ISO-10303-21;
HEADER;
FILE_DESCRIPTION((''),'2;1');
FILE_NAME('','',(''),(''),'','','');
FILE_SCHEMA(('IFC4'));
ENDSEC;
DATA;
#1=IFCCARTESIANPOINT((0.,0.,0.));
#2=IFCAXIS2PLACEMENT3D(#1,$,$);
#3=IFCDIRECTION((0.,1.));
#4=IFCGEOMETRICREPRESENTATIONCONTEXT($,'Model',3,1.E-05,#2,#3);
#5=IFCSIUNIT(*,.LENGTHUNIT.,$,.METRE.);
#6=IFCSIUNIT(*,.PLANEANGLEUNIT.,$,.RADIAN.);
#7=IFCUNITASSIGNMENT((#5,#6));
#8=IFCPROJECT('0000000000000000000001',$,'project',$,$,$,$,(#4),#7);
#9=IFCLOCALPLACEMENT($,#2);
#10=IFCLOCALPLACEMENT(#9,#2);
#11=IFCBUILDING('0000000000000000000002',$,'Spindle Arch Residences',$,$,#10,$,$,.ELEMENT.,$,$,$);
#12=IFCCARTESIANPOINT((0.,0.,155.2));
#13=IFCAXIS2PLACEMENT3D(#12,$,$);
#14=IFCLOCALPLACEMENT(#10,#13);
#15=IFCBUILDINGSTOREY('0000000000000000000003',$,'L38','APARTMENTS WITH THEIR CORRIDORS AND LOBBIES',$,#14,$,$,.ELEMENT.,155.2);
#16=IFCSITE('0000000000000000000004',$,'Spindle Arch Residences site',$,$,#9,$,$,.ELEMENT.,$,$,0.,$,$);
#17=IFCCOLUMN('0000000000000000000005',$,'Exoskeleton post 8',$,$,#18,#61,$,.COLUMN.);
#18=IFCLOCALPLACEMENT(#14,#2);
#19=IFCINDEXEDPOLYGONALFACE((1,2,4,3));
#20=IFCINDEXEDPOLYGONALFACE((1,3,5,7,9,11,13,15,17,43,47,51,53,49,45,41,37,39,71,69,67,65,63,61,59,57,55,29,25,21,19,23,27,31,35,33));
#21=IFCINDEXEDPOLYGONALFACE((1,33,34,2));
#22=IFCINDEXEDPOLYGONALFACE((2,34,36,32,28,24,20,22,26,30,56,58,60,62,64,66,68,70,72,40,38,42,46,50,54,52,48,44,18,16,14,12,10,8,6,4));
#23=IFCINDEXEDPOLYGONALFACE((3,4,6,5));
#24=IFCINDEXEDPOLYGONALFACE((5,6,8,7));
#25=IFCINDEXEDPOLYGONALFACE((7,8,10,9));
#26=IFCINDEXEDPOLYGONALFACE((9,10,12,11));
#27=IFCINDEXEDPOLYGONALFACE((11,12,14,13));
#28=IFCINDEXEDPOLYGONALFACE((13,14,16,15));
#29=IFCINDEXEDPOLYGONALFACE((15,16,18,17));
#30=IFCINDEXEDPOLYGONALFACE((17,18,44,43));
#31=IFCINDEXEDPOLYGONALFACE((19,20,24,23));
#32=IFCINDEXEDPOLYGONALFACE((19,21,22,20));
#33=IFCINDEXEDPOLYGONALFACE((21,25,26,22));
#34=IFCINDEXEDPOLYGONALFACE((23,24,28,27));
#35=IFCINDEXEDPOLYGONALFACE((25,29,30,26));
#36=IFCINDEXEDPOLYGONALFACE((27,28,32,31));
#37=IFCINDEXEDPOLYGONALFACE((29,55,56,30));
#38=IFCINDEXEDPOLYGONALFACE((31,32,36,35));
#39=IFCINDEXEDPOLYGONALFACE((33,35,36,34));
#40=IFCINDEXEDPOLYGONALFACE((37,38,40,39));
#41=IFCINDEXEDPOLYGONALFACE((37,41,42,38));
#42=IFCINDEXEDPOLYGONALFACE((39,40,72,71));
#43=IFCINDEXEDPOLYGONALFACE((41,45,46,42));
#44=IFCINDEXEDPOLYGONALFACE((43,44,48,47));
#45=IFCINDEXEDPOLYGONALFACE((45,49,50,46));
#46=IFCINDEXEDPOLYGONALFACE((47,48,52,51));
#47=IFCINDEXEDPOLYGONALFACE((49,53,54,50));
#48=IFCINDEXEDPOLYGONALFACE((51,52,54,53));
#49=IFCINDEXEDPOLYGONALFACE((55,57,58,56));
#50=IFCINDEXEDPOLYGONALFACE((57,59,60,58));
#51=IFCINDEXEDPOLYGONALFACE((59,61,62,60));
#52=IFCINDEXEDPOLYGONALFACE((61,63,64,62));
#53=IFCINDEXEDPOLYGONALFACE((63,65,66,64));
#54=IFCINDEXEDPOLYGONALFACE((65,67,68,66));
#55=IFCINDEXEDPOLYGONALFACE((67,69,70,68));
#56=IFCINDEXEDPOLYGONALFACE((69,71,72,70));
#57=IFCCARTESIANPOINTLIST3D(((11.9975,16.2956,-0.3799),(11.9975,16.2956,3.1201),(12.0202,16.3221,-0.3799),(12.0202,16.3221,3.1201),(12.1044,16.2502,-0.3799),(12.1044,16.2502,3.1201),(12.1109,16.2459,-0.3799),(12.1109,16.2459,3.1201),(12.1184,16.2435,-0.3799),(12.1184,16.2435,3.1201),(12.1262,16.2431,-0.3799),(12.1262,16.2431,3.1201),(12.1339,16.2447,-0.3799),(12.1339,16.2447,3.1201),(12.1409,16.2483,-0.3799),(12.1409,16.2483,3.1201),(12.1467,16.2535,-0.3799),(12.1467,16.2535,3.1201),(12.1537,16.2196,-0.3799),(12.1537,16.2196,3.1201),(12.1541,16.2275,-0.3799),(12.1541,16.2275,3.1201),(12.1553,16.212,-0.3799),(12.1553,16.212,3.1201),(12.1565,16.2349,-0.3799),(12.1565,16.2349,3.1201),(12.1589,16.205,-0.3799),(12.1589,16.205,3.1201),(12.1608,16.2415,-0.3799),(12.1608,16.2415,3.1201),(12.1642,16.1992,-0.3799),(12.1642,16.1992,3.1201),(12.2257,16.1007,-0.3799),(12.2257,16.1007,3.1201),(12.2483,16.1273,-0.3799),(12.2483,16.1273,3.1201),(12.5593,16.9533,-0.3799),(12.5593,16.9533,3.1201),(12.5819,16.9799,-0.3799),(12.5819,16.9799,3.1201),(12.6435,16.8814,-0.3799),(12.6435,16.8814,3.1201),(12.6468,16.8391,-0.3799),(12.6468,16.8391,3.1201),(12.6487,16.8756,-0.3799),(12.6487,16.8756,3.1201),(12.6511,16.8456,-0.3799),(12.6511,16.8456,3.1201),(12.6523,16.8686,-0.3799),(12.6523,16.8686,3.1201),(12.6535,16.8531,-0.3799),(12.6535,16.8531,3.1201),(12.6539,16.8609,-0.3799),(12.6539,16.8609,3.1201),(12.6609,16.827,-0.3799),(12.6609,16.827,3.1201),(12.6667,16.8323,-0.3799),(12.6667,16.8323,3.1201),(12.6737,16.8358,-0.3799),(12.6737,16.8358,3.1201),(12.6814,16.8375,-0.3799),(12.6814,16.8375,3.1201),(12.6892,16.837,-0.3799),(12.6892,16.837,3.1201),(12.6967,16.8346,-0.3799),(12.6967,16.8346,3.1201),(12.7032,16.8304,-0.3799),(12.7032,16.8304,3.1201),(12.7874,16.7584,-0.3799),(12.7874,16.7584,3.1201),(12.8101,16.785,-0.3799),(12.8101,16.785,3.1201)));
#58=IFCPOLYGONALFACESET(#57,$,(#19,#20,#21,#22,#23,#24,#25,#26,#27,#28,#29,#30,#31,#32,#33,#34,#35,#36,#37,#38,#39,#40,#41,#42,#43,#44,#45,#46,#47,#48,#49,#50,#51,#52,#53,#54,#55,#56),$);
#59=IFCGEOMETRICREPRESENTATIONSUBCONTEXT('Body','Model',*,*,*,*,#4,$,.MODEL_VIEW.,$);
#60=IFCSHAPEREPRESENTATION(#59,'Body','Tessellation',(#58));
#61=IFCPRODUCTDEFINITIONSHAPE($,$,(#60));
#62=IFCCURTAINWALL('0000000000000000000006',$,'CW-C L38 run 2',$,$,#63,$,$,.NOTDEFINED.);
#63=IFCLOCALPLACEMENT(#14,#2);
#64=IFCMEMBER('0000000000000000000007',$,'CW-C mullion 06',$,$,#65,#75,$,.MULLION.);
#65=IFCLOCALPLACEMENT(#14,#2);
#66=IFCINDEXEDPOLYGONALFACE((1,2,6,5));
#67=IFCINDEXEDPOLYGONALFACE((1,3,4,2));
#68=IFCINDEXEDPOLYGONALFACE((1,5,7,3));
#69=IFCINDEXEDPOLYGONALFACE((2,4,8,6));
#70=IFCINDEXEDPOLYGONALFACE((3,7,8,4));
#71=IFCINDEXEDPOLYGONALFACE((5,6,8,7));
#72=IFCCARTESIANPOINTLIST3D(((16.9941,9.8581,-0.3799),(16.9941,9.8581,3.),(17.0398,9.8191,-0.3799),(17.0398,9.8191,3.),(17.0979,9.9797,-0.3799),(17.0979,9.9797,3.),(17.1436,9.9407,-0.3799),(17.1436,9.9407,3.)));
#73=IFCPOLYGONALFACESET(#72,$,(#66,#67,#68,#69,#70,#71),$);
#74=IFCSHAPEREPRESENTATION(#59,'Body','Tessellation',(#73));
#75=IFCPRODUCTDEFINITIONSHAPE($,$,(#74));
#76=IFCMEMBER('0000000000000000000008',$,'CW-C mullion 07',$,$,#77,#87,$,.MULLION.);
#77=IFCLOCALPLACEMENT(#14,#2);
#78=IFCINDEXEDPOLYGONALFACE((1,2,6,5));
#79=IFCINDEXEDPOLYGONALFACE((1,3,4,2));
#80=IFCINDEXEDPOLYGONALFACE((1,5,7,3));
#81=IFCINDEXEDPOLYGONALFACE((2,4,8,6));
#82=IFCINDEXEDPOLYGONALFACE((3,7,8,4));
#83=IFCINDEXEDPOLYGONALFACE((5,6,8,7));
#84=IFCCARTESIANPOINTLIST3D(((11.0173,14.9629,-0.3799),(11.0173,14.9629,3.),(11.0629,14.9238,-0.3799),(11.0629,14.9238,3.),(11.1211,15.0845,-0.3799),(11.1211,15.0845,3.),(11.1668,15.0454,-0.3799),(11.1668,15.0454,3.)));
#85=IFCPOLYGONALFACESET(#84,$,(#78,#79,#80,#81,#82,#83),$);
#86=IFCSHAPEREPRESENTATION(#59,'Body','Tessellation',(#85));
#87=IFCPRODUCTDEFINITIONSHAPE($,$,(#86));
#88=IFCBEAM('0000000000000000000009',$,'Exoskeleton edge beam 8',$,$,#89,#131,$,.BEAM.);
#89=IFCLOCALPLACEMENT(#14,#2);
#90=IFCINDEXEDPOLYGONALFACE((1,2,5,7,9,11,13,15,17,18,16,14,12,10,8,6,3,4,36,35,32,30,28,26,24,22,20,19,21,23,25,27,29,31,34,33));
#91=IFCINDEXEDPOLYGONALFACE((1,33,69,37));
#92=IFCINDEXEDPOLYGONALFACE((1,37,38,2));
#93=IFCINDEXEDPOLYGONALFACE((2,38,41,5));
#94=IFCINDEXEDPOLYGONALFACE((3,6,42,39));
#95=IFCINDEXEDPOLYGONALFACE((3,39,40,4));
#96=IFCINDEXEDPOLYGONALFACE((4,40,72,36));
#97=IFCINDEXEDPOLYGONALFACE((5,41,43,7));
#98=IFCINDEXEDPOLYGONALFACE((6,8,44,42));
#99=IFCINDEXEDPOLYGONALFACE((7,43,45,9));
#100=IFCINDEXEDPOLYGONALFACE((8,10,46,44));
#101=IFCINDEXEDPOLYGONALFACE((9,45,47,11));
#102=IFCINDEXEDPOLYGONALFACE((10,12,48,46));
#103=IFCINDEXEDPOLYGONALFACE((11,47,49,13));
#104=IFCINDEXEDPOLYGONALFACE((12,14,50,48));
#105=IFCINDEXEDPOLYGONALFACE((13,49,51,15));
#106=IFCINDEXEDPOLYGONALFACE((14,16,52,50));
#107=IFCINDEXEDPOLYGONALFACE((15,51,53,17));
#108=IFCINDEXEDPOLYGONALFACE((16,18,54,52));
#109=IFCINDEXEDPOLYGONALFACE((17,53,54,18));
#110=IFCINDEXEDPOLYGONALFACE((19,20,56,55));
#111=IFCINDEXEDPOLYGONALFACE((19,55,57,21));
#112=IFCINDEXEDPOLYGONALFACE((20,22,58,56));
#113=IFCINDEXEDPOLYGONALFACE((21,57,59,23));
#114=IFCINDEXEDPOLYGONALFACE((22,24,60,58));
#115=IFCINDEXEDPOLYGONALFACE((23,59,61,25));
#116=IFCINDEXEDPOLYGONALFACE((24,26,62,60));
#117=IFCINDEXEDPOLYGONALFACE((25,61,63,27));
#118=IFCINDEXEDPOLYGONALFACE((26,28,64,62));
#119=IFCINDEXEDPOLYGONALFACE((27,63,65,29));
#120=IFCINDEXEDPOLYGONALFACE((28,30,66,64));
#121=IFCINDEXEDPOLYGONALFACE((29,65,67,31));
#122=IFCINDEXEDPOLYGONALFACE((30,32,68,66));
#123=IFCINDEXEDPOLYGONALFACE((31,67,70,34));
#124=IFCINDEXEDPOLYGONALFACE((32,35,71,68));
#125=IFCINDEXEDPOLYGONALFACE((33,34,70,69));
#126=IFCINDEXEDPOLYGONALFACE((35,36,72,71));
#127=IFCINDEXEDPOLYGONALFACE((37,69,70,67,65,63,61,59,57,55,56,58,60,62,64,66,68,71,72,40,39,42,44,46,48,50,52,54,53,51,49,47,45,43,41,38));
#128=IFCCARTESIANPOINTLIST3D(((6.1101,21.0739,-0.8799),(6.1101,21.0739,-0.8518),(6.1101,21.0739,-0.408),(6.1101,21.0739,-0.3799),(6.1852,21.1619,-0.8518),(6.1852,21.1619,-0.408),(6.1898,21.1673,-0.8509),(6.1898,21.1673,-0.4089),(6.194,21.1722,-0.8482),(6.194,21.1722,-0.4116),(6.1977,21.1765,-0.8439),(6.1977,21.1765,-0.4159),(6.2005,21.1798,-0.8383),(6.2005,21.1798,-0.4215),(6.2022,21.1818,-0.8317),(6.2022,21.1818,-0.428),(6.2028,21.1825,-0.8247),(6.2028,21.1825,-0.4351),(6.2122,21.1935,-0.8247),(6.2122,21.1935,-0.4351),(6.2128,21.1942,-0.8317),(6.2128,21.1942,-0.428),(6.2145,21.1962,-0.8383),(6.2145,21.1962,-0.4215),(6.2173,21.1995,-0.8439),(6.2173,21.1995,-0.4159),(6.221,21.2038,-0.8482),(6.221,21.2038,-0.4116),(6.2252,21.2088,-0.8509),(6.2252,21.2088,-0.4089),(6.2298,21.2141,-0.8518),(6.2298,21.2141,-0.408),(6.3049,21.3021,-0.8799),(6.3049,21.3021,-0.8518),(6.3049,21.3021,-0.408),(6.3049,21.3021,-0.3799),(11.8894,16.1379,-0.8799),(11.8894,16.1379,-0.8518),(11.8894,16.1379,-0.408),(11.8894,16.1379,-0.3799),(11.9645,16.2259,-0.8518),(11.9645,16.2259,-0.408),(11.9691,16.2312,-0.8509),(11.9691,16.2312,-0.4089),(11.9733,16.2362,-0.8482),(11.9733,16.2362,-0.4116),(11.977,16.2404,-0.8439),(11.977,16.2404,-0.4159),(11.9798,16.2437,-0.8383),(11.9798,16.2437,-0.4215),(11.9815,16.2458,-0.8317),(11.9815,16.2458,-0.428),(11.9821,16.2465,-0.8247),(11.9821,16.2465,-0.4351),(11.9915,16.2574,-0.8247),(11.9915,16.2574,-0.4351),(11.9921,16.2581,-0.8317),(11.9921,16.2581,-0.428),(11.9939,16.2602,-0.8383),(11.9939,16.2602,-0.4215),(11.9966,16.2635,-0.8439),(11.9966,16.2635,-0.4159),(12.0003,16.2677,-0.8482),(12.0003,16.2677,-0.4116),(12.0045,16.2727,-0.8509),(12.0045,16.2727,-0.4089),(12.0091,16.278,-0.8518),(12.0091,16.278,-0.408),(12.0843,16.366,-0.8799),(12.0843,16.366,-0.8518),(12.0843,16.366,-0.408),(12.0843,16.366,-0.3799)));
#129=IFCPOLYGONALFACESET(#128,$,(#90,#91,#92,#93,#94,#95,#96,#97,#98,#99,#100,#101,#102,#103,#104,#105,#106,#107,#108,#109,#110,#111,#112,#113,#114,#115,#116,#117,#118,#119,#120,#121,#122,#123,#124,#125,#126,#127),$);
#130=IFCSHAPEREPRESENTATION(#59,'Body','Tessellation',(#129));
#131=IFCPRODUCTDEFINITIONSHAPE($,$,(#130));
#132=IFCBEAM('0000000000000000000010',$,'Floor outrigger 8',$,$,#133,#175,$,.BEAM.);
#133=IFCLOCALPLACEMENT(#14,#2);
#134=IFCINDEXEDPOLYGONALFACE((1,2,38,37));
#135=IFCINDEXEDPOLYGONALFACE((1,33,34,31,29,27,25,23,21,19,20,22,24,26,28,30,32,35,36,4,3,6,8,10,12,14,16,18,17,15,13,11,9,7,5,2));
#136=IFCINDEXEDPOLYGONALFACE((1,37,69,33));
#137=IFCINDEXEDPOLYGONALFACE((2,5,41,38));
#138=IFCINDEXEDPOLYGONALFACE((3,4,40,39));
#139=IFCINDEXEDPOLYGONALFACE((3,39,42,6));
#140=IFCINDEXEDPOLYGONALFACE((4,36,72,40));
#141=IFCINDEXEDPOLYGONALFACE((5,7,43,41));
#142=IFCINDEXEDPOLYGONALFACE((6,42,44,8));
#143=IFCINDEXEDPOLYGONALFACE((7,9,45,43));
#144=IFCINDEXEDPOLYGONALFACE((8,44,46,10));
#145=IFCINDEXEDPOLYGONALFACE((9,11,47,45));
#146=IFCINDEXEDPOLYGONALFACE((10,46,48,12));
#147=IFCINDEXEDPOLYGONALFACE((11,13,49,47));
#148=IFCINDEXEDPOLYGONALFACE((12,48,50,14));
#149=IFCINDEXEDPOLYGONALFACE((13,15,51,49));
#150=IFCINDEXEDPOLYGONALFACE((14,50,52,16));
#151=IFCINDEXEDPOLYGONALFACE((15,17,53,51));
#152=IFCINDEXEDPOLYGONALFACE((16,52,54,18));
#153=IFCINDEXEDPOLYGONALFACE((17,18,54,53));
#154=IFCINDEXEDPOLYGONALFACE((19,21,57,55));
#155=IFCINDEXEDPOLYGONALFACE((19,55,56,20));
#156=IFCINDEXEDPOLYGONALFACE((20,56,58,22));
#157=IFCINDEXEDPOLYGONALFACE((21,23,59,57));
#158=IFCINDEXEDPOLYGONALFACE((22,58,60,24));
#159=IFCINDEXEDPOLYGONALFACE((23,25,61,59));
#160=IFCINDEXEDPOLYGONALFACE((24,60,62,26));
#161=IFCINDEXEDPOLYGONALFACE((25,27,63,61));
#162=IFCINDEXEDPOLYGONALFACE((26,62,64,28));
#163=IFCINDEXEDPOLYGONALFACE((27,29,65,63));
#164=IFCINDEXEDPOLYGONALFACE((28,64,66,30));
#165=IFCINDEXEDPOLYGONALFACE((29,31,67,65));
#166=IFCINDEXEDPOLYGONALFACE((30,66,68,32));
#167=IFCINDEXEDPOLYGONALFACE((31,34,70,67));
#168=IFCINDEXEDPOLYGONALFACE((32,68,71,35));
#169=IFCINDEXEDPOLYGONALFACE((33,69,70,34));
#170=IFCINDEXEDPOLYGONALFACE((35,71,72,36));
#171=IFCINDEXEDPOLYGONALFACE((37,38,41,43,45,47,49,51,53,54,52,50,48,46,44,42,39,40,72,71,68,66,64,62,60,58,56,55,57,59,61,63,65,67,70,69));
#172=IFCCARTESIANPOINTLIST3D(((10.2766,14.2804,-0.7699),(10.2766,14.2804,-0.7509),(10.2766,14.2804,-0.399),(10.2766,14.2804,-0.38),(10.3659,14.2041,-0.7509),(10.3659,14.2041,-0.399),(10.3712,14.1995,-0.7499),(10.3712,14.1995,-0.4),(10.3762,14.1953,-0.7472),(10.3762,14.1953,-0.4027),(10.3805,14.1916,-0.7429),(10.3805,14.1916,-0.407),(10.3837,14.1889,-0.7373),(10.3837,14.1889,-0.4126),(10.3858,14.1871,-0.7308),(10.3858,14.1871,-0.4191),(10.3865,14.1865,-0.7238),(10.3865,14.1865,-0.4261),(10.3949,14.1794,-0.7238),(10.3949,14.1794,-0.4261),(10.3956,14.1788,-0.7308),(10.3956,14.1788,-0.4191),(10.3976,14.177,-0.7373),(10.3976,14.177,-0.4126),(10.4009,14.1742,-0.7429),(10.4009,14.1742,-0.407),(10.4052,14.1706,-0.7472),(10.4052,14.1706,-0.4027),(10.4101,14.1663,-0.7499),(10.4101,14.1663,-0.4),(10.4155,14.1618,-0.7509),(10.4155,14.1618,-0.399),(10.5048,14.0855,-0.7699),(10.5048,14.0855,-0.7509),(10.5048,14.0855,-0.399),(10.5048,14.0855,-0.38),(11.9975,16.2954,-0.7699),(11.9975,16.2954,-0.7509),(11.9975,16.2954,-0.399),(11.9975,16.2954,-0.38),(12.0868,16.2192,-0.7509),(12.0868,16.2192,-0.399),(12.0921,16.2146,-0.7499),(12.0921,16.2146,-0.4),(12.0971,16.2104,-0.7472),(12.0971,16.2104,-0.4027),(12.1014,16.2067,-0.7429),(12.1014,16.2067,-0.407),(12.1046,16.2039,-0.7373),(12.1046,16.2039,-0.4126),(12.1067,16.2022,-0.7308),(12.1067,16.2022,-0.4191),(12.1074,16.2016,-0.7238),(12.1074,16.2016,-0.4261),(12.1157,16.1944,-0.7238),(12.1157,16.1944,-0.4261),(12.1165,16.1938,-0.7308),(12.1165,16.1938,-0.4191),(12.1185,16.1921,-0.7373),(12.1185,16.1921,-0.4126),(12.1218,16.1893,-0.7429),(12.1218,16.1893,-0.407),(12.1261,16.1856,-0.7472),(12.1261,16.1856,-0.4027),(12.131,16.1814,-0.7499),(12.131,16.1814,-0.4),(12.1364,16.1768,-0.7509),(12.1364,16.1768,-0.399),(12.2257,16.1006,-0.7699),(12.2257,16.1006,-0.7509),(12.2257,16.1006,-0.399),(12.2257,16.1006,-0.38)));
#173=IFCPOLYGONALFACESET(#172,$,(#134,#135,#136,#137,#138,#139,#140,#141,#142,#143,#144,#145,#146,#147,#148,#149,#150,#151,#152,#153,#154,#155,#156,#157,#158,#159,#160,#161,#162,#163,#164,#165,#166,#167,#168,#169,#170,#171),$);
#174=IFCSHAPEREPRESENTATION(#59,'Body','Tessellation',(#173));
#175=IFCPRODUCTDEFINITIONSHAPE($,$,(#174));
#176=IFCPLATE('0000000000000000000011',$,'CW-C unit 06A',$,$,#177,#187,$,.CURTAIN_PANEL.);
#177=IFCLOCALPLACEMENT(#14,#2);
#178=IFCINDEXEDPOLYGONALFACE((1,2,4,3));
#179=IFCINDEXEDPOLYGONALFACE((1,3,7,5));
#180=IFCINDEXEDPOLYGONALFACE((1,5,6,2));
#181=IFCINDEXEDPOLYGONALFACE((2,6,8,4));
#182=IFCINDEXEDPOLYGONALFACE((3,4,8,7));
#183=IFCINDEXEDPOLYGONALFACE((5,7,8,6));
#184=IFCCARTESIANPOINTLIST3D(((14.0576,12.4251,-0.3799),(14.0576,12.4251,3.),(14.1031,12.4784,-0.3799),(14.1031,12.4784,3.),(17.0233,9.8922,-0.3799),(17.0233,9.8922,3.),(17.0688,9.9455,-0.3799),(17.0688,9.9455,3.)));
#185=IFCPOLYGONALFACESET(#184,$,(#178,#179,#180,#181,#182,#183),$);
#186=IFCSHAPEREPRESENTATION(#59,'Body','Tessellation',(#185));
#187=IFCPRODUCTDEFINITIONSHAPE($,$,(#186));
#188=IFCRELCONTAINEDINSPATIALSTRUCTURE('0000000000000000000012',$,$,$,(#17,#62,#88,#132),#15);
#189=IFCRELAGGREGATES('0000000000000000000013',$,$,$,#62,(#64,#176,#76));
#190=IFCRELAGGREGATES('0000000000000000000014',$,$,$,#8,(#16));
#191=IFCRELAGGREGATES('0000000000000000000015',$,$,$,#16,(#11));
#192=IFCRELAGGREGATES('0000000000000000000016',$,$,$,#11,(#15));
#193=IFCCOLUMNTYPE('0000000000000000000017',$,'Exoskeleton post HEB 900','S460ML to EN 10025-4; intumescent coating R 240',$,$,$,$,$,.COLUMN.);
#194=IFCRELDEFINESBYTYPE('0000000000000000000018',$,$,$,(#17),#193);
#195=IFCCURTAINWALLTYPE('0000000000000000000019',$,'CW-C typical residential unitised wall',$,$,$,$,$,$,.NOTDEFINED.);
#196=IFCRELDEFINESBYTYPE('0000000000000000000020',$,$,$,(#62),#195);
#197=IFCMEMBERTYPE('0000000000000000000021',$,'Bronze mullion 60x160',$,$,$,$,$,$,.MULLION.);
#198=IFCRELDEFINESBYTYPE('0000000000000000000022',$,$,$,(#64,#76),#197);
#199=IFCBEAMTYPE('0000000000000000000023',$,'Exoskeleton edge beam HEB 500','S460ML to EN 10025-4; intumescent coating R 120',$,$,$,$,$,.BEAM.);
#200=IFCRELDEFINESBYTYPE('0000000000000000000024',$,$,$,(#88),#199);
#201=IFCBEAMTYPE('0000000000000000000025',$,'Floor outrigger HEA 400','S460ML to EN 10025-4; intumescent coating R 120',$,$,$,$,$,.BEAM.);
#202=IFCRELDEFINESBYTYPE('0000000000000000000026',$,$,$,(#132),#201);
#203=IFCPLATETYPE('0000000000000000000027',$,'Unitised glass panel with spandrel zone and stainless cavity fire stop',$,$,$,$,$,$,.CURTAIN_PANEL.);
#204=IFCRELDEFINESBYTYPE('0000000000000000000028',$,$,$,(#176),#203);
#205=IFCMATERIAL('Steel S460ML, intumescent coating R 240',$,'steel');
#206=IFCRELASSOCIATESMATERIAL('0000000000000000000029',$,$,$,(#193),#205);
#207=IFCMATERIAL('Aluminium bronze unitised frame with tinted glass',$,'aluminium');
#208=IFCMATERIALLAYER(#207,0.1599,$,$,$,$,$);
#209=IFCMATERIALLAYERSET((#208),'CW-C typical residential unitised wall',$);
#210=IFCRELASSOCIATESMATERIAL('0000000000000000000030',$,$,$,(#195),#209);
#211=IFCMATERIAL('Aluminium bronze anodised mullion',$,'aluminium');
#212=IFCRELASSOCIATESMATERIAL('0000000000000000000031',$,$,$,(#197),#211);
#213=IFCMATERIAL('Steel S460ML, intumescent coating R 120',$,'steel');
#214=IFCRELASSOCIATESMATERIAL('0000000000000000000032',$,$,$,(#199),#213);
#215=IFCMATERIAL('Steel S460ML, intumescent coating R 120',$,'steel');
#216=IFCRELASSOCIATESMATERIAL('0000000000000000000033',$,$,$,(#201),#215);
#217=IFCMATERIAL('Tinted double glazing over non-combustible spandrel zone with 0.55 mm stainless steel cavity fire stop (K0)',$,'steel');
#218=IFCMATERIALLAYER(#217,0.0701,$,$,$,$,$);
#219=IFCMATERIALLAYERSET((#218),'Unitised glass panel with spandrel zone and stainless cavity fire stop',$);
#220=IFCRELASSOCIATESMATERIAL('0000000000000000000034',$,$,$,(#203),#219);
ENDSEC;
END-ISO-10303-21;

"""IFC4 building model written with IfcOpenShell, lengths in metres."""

from ifc_helpers import new_model, si_unit, direction, frame, origin, origin_2d, place, context, subcontext, project, spatial, rectangle, i_section, extrude, material, layer, layer_set, material_profile, profile_set, type_object, element, aggregate, save


model = new_model("IFC4")

# Units and contexts
model_context = context("Model", 3, precision=1e-05, world=origin(), true_north=direction((0.0, 1.0)))
body_context = subcontext(model_context, "Body", "Model", "MODEL_VIEW")
ifc_project = project(units=[si_unit("LENGTHUNIT", "METRE"), si_unit("PLANEANGLEUNIT", "RADIAN")], contexts=[model_context])

# Site, building, storey
site_placement = place(None, origin())
site = spatial("IfcSite", under=ifc_project, at=site_placement, Name="Spindle Arch Residences site", CompositionType="ELEMENT", RefElevation=0.0)
building_placement = place(site_placement, origin())
building = spatial("IfcBuilding", under=site, at=building_placement, Name="Spindle Arch Residences", CompositionType="ELEMENT")
storey_placement = place(building_placement, frame((0.0, 0.0, 155.2)))
storey = spatial("IfcBuildingStorey", under=building, at=storey_placement, Name="L38", Description="APARTMENTS WITH THEIR CORRIDORS AND LOBBIES", CompositionType="ELEMENT", Elevation=155.2)

# Column
ifc_material_1 = material(Name="Steel S460ML, intumescent coating R 240", Category="steel")
ifc_material_profile_1 = material_profile(ifc_material_1, i_section(OverallWidth=0.3, OverallDepth=0.8999, WebThickness=0.0186, FlangeThickness=0.0349, FilletRadius=0.03, at=origin_2d()), Name="HEB 900")
ifc_profile_set_1 = profile_set([ifc_material_profile_1], Name="Steel S460ML, intumescent coating R 240")
column_type = type_object("IfcColumnType", Name="Exoskeleton post HEB 900", Description="S460ML to EN 10025-4; intumescent coating R 240", PredefinedType="COLUMN", material=ifc_profile_set_1)
column_placement = place(storey_placement, frame((12.4038, 16.5403, -0.3799), z_axis=(0.0, 0.0, 1.0), x_axis=(0.760406, -0.649448, 0.0)))
element("IfcColumn", 1, at=column_placement, inside=storey, type_object=column_type, Name="Exoskeleton post 8", PredefinedType="COLUMN", context=body_context, shape_type="SweptSolid", body=[
    extrude(i_section(OverallWidth=0.3, OverallDepth=0.8999, WebThickness=0.0186, FlangeThickness=0.0349, FilletRadius=0.03, at=origin_2d()), origin(), (0.0, 0.0, 1.0), 3.5),
])

# Curtain wall, members
ifc_material_2 = material(Name="Aluminium bronze unitised frame with tinted glass", Category="aluminium")
ifc_layer_1 = layer(ifc_material_2, 0.1599)
ifc_layer_set_1 = layer_set([ifc_layer_1], Name="CW-C typical residential unitised wall")
curtain_wall_type = type_object("IfcCurtainWallType", Name="CW-C typical residential unitised wall", PredefinedType="NOTDEFINED", material=ifc_layer_set_1)
curtain_wall_placement = place(storey_placement, origin())
curtain_wall = element("IfcCurtainWall", 2, at=curtain_wall_placement, inside=storey, type_object=curtain_wall_type, Name="CW-C L38 run 2", PredefinedType="NOTDEFINED")
ifc_material_3 = material(Name="Aluminium bronze anodised mullion", Category="aluminium")
ifc_material_profile_2 = material_profile(ifc_material_3, rectangle(XDim=0.1599, YDim=0.0601, at=origin_2d()), Name="MU 60x160")
ifc_profile_set_2 = profile_set([ifc_material_profile_2], Name="Aluminium bronze anodised mullion")
member_type = type_object("IfcMemberType", Name="Bronze mullion 60x160", PredefinedType="MULLION", material=ifc_profile_set_2)
member_1_placement = place(storey_placement, frame((17.0688, 9.8994, -0.3799), z_axis=(0.0, 0.0, 1.0), x_axis=(-0.649448, -0.760406, 0.0)))
member_1 = element("IfcMember", 3, at=member_1_placement, type_object=member_type, Name="CW-C mullion 06", PredefinedType="MULLION", context=body_context, shape_type="SweptSolid", body=[
    extrude(rectangle(XDim=0.1599, YDim=0.0601, at=origin_2d()), origin(), (0.0, 0.0, 1.0), 3.3799),
])
member_2_placement = place(storey_placement, frame((11.092, 15.0042, -0.3799), z_axis=(0.0, 0.0, 1.0), x_axis=(-0.649448, -0.760406, 0.0)))
member_2 = element("IfcMember", 4, at=member_2_placement, type_object=member_type, Name="CW-C mullion 07", PredefinedType="MULLION", context=body_context, shape_type="SweptSolid", body=[
    extrude(rectangle(XDim=0.1599, YDim=0.0601, at=origin_2d()), origin(), (0.0, 0.0, 1.0), 3.3799),
])

# Beams
ifc_material_4 = material(Name="Steel S460ML, intumescent coating R 120", Category="steel")
ifc_material_profile_3 = material_profile(ifc_material_4, i_section(OverallWidth=0.3, OverallDepth=0.5, WebThickness=0.0144, FlangeThickness=0.0281, FilletRadius=0.0271, at=origin_2d()), Name="HEB 500")
ifc_profile_set_3 = profile_set([ifc_material_profile_3], Name="Steel S460ML, intumescent coating R 120")
beam_type_1 = type_object("IfcBeamType", Name="Exoskeleton edge beam HEB 500", Description="S460ML to EN 10025-4; intumescent coating R 120", PredefinedType="BEAM", material=ifc_profile_set_3)
beam_1_placement = place(storey_placement, frame((11.9868, 16.252, -0.6299), z_axis=(-0.760403, 0.649452, 0.0), x_axis=(-0.649452, -0.760403, 0.0)))
element("IfcBeam", 5, at=beam_1_placement, inside=storey, type_object=beam_type_1, Name="Exoskeleton edge beam 8", PredefinedType="BEAM", context=body_context, shape_type="SweptSolid", body=[
    extrude(i_section(OverallWidth=0.3, OverallDepth=0.5, WebThickness=0.0144, FlangeThickness=0.0281, FilletRadius=0.0271, at=origin_2d()), origin(), (0.0, 0.0, 1.0), 7.6003),
])
ifc_material_5 = material(Name="Steel S460ML, intumescent coating R 120", Category="steel")
ifc_material_profile_4 = material_profile(ifc_material_5, i_section(OverallWidth=0.3, OverallDepth=0.3899, WebThickness=0.011, FlangeThickness=0.019, FilletRadius=0.0271, at=origin_2d()), Name="HEA 400")
ifc_profile_set_4 = profile_set([ifc_material_profile_4], Name="Steel S460ML, intumescent coating R 120")
beam_type_2 = type_object("IfcBeamType", Name="Floor outrigger HEA 400", Description="S460ML to EN 10025-4; intumescent coating R 120", PredefinedType="BEAM", material=ifc_profile_set_4)
beam_2_placement = place(storey_placement, frame((12.1116, 16.198, -0.575), z_axis=(-0.649417, -0.760432, 0.0), x_axis=(0.760432, -0.649417, 0.0)))
element("IfcBeam", 6, at=beam_2_placement, inside=storey, type_object=beam_type_2, Name="Floor outrigger 8", PredefinedType="BEAM", context=body_context, shape_type="SweptSolid", body=[
    extrude(i_section(OverallWidth=0.3, OverallDepth=0.3899, WebThickness=0.011, FlangeThickness=0.019, FilletRadius=0.0271, at=origin_2d()), origin(), (0.0, 0.0, 1.0), 2.6499),
])

# Plate
ifc_material_6 = material(Name="Tinted double glazing over non-combustible spandrel zone with 0.55 mm stainless steel cavity fire stop (K0)", Category="steel")
ifc_layer_2 = layer(ifc_material_6, 0.0701)
ifc_layer_set_2 = layer_set([ifc_layer_2], Name="Unitised glass panel with spandrel zone and stainless cavity fire stop")
plate_type = type_object("IfcPlateType", Name="Unitised glass panel with spandrel zone and stainless cavity fire stop", PredefinedType="CURTAIN_PANEL", material=ifc_layer_set_2)
plate_1_placement = place(storey_placement, frame((15.5632, 11.1853, -0.3799), z_axis=(0.0, 0.0, 1.0), x_axis=(-0.760406, 0.649448, 0.0)))
plate_1 = element("IfcPlate", 7, at=plate_1_placement, type_object=plate_type, Name="CW-C unit 06A", PredefinedType="CURTAIN_PANEL", context=body_context, shape_type="SweptSolid", body=[
    extrude(rectangle(XDim=3.9001, YDim=0.0701, at=origin_2d()), origin(), (0.0, 0.0, 1.0), 3.3799),
])
aggregate(curtain_wall, [member_1, plate_1, member_2])

save(model, "model.ifc")
